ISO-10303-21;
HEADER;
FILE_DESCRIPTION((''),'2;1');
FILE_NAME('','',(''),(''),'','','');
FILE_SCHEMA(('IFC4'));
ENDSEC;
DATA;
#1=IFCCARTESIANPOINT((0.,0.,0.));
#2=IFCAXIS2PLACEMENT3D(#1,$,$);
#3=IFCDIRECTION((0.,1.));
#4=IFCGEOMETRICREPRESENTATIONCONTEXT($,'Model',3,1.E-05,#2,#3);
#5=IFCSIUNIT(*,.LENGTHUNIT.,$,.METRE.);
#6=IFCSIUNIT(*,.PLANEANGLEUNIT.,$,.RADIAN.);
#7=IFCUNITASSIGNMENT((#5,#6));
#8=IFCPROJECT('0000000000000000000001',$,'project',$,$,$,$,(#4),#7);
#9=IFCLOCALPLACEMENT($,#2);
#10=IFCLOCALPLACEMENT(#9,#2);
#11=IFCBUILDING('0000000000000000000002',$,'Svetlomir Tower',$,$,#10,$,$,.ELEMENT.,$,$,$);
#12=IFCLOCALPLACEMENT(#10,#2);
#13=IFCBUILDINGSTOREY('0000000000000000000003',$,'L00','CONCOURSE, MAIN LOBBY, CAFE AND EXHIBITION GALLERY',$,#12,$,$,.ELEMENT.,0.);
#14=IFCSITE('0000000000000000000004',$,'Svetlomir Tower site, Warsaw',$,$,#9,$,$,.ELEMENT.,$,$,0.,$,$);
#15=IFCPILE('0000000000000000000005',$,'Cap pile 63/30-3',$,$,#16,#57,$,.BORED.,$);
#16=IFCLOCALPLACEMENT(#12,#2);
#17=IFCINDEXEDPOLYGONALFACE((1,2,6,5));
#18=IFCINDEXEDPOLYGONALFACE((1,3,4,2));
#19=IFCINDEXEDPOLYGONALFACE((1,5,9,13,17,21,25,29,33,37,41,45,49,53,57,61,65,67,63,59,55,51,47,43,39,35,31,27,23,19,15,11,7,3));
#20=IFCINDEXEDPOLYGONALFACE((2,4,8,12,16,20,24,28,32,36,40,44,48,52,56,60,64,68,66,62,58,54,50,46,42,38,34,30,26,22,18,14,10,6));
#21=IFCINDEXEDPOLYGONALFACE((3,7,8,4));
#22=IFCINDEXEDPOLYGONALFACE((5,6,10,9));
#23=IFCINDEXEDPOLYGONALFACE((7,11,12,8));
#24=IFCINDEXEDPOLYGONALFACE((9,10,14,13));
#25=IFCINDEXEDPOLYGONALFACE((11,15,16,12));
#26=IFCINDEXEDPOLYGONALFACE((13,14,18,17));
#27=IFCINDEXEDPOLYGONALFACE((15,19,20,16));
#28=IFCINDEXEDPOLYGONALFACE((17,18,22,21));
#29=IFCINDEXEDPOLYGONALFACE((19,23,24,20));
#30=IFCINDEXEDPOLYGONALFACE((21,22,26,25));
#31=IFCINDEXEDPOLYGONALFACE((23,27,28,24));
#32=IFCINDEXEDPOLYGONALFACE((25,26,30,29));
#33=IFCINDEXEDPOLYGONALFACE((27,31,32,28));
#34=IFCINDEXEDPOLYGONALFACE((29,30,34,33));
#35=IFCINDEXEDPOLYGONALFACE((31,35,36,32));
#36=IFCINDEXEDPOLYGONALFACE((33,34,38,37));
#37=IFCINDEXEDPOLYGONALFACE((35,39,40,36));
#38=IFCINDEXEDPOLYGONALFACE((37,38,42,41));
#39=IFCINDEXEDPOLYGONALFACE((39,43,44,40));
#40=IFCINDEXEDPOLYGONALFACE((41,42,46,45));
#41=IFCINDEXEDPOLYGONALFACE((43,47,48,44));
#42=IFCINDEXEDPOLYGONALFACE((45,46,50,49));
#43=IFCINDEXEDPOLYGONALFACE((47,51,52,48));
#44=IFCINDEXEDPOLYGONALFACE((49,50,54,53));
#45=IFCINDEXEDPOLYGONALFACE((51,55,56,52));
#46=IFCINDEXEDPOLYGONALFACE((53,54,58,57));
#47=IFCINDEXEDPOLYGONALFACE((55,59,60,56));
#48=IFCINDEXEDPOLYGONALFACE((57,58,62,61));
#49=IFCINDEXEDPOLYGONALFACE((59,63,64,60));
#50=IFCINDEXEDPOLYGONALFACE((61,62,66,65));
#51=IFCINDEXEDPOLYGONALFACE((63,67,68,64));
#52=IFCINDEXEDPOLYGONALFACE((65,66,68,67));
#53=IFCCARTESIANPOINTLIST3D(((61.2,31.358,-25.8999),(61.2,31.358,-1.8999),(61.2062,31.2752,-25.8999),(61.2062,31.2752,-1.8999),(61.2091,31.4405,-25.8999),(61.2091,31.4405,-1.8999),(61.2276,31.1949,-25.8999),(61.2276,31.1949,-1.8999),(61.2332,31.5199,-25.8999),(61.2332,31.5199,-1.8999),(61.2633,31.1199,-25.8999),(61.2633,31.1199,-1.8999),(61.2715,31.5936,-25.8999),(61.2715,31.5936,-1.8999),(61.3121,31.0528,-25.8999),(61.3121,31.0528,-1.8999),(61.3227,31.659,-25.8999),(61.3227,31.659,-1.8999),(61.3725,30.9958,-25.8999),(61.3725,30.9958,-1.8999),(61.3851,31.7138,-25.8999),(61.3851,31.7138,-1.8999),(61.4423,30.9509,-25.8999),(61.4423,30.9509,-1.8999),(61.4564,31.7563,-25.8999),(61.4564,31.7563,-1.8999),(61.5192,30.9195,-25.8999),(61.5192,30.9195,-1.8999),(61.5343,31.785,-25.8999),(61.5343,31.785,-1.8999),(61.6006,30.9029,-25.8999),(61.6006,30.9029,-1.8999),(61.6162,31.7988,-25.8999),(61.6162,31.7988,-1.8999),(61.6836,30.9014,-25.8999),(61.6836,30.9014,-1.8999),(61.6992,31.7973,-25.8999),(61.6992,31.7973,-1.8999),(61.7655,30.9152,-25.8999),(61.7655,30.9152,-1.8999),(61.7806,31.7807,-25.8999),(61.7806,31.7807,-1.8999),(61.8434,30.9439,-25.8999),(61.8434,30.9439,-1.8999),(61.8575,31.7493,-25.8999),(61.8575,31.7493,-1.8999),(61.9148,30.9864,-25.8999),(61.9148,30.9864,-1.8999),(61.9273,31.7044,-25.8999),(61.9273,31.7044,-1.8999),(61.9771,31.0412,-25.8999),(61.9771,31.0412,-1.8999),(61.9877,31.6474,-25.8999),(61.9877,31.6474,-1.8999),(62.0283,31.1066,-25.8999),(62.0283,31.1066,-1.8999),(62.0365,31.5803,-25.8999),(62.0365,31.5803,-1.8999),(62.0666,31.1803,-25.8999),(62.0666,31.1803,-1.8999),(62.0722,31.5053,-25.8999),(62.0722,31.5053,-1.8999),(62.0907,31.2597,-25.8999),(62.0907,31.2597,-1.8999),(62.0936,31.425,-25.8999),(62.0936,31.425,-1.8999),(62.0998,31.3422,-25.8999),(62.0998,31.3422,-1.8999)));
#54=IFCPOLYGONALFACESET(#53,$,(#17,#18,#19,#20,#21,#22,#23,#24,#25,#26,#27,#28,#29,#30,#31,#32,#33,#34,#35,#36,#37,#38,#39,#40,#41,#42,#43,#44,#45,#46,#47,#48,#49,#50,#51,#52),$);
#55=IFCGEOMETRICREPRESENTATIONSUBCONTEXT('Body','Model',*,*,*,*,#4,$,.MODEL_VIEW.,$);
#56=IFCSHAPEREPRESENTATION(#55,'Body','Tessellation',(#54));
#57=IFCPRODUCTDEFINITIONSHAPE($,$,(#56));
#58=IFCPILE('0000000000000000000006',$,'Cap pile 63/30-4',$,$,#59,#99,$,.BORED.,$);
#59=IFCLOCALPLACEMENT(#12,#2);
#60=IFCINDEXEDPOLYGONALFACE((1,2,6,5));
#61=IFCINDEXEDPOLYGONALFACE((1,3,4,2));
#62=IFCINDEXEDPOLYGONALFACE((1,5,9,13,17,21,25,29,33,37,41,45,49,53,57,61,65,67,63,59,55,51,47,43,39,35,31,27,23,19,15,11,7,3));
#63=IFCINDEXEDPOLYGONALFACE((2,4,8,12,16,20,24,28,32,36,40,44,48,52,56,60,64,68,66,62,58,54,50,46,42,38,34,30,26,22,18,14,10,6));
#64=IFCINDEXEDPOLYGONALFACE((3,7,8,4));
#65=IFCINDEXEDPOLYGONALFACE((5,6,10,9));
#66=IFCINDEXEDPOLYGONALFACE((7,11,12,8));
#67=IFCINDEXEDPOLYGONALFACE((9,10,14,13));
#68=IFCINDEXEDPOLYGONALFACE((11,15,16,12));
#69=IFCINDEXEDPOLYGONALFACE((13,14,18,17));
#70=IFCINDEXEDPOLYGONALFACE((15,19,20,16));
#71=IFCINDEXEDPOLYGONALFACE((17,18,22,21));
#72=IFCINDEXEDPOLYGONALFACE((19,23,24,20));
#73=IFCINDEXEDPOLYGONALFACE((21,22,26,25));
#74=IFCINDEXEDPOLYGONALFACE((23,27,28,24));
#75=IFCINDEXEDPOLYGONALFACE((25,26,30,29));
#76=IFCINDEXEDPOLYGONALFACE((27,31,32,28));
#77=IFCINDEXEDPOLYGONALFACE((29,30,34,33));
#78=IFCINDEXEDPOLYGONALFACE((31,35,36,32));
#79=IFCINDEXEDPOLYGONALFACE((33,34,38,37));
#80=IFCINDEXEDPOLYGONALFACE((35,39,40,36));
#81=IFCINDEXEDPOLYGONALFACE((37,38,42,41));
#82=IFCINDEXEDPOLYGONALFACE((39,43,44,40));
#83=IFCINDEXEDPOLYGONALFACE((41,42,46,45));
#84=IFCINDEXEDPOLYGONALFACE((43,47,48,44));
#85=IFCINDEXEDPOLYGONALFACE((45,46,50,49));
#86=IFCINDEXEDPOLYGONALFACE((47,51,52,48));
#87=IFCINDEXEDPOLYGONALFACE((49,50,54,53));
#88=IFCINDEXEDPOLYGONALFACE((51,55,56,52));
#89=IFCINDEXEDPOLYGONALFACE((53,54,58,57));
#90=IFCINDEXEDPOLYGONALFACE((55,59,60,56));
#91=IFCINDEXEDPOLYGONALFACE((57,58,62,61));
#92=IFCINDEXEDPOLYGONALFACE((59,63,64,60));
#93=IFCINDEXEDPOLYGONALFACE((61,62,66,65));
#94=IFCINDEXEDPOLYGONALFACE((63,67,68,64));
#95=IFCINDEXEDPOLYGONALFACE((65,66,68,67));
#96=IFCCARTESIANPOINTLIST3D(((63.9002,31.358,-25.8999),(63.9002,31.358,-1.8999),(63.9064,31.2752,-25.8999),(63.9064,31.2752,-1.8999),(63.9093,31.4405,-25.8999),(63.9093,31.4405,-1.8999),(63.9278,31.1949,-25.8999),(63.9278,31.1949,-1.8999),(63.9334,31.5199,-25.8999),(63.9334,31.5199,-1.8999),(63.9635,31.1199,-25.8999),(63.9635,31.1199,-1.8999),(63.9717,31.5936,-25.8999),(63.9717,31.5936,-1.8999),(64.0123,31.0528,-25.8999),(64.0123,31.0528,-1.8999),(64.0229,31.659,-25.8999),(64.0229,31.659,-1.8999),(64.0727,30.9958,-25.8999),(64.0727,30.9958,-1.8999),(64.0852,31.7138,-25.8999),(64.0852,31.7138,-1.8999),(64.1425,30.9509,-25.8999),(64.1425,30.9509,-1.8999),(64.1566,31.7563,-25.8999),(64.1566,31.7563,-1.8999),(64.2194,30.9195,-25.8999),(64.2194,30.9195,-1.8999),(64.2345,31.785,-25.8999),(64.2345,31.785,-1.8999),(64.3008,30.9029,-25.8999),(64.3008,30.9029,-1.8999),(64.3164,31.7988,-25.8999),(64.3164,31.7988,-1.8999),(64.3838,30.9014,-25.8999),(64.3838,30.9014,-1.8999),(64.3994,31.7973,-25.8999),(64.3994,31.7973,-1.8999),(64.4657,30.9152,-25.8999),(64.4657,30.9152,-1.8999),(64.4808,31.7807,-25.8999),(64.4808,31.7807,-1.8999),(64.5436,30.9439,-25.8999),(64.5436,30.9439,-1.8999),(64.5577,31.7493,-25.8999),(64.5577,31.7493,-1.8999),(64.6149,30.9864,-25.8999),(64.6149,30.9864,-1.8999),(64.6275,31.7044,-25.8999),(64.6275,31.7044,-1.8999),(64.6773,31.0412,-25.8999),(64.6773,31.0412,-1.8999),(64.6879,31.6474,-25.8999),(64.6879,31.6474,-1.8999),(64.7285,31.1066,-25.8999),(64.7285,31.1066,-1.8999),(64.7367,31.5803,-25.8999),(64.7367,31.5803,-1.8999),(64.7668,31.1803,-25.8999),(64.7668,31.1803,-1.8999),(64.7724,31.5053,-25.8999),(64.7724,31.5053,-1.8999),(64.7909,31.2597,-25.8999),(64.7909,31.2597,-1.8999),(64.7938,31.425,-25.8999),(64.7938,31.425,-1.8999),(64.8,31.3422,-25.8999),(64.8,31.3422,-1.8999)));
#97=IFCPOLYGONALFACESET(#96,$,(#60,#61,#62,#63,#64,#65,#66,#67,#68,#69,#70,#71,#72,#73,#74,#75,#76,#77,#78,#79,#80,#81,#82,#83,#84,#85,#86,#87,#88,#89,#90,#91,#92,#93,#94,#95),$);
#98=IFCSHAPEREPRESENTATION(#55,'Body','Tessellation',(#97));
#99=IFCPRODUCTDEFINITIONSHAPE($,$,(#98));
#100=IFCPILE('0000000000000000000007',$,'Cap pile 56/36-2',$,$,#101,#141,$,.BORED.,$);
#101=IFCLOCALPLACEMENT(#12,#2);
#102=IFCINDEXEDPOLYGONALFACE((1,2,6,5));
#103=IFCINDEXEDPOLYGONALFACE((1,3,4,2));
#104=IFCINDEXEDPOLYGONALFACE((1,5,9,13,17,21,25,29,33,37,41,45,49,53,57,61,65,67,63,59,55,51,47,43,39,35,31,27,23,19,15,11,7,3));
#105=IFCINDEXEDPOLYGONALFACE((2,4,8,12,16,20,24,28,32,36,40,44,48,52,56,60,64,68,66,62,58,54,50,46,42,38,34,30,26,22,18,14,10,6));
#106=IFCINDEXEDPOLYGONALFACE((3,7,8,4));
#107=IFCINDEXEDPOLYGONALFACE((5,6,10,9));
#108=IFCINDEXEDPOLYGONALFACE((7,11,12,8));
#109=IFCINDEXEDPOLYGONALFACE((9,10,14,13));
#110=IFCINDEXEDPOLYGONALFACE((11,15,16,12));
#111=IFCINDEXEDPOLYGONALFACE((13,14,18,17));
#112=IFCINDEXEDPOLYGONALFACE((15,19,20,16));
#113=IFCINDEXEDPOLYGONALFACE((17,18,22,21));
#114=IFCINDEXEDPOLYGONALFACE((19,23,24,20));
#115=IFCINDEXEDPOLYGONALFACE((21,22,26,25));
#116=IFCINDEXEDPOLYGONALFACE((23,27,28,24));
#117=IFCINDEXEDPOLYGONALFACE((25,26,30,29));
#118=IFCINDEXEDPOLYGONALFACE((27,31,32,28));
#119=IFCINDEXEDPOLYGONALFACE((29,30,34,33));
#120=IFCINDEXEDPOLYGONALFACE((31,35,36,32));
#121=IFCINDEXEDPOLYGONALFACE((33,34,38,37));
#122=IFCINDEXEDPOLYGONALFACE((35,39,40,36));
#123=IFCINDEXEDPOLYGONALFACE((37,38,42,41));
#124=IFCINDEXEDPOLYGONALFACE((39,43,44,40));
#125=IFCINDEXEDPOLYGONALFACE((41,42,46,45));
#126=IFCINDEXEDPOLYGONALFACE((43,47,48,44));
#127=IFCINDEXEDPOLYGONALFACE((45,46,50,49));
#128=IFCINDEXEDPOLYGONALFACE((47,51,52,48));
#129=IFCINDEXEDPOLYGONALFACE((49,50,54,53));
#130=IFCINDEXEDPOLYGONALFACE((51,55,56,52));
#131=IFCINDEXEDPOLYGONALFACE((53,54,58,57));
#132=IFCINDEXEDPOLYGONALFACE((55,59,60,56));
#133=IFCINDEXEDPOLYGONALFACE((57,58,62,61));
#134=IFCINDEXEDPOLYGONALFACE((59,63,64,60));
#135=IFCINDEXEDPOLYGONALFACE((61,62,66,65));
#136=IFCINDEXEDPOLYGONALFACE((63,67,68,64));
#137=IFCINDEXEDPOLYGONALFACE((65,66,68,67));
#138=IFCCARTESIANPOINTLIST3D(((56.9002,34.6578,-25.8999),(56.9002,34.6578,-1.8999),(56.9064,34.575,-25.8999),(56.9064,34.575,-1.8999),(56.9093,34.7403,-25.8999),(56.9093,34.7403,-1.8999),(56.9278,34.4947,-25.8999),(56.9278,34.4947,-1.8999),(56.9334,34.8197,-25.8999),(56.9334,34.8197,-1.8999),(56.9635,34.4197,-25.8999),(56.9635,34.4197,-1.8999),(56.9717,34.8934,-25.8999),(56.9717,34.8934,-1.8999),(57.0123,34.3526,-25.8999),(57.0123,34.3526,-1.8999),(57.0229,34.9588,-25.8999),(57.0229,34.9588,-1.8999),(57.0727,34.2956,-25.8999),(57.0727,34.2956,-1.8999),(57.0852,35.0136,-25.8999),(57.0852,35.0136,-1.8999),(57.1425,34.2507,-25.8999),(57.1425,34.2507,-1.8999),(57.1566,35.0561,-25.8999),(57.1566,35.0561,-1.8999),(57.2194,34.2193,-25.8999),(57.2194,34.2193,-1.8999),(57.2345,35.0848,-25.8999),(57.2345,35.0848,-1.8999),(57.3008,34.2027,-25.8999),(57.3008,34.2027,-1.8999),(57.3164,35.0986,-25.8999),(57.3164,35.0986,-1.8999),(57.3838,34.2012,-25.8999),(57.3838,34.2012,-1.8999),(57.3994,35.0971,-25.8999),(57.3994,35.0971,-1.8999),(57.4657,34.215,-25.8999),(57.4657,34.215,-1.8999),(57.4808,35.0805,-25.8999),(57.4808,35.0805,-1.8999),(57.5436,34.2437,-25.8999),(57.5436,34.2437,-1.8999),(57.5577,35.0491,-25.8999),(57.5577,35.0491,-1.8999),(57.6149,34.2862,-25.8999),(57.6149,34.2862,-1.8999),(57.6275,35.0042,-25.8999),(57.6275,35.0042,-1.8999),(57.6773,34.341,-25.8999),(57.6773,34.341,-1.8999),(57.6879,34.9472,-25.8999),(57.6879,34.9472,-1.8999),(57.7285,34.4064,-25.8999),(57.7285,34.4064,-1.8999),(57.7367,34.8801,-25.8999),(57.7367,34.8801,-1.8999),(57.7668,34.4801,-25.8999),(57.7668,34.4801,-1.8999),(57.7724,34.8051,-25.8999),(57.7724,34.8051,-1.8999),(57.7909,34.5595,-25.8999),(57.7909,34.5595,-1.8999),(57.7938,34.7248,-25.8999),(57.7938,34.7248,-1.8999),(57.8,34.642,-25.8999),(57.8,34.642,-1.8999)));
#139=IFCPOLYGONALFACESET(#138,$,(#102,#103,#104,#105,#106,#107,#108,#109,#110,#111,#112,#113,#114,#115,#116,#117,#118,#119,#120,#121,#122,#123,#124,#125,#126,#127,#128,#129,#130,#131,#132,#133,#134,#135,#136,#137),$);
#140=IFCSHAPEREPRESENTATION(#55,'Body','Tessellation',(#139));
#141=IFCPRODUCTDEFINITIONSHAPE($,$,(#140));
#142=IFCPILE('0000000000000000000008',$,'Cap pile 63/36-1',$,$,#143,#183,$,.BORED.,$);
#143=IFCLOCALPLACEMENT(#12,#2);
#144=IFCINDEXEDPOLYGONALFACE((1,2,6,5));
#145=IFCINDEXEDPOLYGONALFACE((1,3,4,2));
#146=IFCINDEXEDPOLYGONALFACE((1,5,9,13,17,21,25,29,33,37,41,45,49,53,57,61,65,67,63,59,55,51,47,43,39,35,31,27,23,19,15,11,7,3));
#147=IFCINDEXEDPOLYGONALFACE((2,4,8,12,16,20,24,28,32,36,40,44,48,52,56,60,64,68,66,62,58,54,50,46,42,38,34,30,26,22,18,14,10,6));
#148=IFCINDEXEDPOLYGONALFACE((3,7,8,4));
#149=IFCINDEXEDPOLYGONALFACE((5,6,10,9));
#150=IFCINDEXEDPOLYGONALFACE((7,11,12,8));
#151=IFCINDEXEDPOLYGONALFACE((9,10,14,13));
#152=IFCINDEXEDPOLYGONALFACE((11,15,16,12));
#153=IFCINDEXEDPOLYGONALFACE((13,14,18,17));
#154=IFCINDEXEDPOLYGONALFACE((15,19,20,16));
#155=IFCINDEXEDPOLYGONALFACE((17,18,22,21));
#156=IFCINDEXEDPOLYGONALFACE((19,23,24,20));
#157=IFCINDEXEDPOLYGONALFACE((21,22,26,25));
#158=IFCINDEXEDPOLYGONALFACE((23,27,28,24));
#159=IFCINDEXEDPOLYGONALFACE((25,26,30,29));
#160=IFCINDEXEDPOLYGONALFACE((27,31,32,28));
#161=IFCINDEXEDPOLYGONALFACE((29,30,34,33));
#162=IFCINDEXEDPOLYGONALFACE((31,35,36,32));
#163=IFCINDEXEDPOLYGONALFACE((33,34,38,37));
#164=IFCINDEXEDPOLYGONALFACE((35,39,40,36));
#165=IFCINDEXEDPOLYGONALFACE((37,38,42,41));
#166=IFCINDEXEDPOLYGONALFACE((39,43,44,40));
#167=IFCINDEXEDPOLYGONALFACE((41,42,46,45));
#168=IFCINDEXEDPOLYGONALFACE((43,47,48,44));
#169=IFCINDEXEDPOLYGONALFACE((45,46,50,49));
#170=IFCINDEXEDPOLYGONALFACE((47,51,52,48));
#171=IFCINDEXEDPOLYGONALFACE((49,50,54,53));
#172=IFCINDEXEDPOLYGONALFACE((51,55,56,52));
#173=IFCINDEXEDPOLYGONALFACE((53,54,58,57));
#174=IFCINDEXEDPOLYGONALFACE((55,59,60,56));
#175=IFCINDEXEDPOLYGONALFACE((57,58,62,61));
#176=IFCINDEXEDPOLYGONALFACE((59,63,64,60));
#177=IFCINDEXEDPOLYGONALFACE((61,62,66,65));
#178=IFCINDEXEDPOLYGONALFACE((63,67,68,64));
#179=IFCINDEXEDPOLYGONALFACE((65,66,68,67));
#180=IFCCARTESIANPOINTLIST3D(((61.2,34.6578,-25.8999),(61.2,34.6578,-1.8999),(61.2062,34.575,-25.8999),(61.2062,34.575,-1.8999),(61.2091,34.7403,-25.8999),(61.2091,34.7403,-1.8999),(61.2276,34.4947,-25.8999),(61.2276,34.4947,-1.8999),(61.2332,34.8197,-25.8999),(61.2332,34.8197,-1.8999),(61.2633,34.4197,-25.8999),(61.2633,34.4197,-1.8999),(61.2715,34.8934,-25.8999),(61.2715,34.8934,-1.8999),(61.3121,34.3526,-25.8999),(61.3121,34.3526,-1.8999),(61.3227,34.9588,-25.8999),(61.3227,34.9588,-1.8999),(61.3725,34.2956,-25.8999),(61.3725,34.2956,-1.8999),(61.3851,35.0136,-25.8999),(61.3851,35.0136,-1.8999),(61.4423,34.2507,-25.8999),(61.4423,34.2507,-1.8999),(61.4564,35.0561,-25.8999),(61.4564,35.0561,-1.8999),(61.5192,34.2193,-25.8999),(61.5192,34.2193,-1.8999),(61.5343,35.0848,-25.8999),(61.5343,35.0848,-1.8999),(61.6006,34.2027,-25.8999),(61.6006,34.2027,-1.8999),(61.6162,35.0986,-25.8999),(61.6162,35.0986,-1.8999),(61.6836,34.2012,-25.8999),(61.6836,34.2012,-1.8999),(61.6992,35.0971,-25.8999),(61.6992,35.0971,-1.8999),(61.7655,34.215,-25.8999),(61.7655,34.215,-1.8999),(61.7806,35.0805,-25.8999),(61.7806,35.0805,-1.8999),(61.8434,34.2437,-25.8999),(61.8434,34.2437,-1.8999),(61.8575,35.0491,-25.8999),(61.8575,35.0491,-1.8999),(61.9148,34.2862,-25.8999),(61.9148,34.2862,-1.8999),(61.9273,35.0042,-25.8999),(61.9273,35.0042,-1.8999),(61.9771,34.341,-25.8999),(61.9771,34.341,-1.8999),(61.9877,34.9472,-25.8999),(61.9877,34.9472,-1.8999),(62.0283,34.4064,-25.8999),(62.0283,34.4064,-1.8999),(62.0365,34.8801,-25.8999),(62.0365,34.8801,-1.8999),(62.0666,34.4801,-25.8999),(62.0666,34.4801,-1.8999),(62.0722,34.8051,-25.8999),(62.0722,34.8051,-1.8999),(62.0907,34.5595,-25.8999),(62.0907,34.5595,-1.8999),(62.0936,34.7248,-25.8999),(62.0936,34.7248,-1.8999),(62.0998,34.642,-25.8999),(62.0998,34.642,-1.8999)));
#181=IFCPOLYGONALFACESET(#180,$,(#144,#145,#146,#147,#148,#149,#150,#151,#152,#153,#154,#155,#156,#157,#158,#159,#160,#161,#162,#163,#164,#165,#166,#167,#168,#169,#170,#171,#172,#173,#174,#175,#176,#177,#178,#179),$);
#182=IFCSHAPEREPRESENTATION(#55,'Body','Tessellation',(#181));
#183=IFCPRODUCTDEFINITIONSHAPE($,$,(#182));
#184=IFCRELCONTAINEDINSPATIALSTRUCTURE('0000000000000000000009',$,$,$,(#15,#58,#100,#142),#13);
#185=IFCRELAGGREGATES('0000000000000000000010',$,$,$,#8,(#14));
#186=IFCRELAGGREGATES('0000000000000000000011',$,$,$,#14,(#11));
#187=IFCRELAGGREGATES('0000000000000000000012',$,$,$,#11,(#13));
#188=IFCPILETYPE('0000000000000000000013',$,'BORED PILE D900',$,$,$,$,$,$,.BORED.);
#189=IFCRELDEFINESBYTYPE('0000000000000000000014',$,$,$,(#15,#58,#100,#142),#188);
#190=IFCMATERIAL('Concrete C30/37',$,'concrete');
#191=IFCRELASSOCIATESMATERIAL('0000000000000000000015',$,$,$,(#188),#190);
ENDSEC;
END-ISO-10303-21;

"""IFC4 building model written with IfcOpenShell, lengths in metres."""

from ifc_helpers import new_model, si_unit, direction, frame, frame_2d, origin, origin_2d, place, context, subcontext, project, spatial, circle, extrude, material, material_profile, profile_set, type_object, element, save


model = new_model("IFC4")

# Units and contexts
model_context = context("Model", 3, precision=1e-05, world=origin(), true_north=direction((0.0, 1.0)))
body_context = subcontext(model_context, "Body", "Model", "MODEL_VIEW")
ifc_project = project(units=[si_unit("LENGTHUNIT", "METRE"), si_unit("PLANEANGLEUNIT", "RADIAN")], contexts=[model_context])

# Site, building, storey
site_placement = place(None, origin())
site = spatial("IfcSite", under=ifc_project, at=site_placement, Name="Svetlomir Tower site, Warsaw", CompositionType="ELEMENT", RefElevation=0.0)
building_placement = place(site_placement, origin())
building = spatial("IfcBuilding", under=site, at=building_placement, Name="Svetlomir Tower", CompositionType="ELEMENT")
storey_placement = place(building_placement, origin())
storey = spatial("IfcBuildingStorey", under=building, at=storey_placement, Name="L00", Description="CONCOURSE, MAIN LOBBY, CAFE AND EXHIBITION GALLERY", CompositionType="ELEMENT", Elevation=0.0)

# Piles
ifc_material_1 = material(Name="Concrete C30/37", Category="concrete")
ifc_material_profile_1 = material_profile(ifc_material_1, circle(Radius=0.45, at=origin_2d()), Name="RC D900")
ifc_profile_set_1 = profile_set([ifc_material_profile_1], Name="Concrete C30/37")
pile_type = type_object("IfcPileType", Name="BORED PILE D900", PredefinedType="BORED", material=ifc_profile_set_1)
for number, where, z_axis, x_axis, name in (
    (1, (61.6499, 31.3501, -1.8999), (0.0, 0.0, -1.0), (1.0, 0.0, 0.0), "Cap pile 63/30-3"),
    (2, (64.3501, 31.3501, -1.8999), (0.0, 0.0, -1.0), (1.0, 0.0, 0.0), "Cap pile 63/30-4"),
    (3, (57.3501, 34.6499, -1.8999), (0.0, 0.0, -1.0), (1.0, 0.0, 0.0), "Cap pile 56/36-2"),
    (4, (61.6499, 34.6499, -1.8999), (0.0, 0.0, -1.0), (1.0, 0.0, 0.0), "Cap pile 63/36-1"),
):
    element("IfcPile", number, at=place(storey_placement, frame(where, z_axis=z_axis, x_axis=x_axis)), inside=storey, type_object=pile_type, Name=name, PredefinedType="BORED", context=body_context, shape_type="SweptSolid", body=[
        extrude(circle(Radius=0.45, at=frame_2d((0.0, 0.0), x_axis=(0.999848, 0.017452))), origin(), (0.0, 0.0, 1.0), 24.0),
    ])

save(model, "model.ifc")
